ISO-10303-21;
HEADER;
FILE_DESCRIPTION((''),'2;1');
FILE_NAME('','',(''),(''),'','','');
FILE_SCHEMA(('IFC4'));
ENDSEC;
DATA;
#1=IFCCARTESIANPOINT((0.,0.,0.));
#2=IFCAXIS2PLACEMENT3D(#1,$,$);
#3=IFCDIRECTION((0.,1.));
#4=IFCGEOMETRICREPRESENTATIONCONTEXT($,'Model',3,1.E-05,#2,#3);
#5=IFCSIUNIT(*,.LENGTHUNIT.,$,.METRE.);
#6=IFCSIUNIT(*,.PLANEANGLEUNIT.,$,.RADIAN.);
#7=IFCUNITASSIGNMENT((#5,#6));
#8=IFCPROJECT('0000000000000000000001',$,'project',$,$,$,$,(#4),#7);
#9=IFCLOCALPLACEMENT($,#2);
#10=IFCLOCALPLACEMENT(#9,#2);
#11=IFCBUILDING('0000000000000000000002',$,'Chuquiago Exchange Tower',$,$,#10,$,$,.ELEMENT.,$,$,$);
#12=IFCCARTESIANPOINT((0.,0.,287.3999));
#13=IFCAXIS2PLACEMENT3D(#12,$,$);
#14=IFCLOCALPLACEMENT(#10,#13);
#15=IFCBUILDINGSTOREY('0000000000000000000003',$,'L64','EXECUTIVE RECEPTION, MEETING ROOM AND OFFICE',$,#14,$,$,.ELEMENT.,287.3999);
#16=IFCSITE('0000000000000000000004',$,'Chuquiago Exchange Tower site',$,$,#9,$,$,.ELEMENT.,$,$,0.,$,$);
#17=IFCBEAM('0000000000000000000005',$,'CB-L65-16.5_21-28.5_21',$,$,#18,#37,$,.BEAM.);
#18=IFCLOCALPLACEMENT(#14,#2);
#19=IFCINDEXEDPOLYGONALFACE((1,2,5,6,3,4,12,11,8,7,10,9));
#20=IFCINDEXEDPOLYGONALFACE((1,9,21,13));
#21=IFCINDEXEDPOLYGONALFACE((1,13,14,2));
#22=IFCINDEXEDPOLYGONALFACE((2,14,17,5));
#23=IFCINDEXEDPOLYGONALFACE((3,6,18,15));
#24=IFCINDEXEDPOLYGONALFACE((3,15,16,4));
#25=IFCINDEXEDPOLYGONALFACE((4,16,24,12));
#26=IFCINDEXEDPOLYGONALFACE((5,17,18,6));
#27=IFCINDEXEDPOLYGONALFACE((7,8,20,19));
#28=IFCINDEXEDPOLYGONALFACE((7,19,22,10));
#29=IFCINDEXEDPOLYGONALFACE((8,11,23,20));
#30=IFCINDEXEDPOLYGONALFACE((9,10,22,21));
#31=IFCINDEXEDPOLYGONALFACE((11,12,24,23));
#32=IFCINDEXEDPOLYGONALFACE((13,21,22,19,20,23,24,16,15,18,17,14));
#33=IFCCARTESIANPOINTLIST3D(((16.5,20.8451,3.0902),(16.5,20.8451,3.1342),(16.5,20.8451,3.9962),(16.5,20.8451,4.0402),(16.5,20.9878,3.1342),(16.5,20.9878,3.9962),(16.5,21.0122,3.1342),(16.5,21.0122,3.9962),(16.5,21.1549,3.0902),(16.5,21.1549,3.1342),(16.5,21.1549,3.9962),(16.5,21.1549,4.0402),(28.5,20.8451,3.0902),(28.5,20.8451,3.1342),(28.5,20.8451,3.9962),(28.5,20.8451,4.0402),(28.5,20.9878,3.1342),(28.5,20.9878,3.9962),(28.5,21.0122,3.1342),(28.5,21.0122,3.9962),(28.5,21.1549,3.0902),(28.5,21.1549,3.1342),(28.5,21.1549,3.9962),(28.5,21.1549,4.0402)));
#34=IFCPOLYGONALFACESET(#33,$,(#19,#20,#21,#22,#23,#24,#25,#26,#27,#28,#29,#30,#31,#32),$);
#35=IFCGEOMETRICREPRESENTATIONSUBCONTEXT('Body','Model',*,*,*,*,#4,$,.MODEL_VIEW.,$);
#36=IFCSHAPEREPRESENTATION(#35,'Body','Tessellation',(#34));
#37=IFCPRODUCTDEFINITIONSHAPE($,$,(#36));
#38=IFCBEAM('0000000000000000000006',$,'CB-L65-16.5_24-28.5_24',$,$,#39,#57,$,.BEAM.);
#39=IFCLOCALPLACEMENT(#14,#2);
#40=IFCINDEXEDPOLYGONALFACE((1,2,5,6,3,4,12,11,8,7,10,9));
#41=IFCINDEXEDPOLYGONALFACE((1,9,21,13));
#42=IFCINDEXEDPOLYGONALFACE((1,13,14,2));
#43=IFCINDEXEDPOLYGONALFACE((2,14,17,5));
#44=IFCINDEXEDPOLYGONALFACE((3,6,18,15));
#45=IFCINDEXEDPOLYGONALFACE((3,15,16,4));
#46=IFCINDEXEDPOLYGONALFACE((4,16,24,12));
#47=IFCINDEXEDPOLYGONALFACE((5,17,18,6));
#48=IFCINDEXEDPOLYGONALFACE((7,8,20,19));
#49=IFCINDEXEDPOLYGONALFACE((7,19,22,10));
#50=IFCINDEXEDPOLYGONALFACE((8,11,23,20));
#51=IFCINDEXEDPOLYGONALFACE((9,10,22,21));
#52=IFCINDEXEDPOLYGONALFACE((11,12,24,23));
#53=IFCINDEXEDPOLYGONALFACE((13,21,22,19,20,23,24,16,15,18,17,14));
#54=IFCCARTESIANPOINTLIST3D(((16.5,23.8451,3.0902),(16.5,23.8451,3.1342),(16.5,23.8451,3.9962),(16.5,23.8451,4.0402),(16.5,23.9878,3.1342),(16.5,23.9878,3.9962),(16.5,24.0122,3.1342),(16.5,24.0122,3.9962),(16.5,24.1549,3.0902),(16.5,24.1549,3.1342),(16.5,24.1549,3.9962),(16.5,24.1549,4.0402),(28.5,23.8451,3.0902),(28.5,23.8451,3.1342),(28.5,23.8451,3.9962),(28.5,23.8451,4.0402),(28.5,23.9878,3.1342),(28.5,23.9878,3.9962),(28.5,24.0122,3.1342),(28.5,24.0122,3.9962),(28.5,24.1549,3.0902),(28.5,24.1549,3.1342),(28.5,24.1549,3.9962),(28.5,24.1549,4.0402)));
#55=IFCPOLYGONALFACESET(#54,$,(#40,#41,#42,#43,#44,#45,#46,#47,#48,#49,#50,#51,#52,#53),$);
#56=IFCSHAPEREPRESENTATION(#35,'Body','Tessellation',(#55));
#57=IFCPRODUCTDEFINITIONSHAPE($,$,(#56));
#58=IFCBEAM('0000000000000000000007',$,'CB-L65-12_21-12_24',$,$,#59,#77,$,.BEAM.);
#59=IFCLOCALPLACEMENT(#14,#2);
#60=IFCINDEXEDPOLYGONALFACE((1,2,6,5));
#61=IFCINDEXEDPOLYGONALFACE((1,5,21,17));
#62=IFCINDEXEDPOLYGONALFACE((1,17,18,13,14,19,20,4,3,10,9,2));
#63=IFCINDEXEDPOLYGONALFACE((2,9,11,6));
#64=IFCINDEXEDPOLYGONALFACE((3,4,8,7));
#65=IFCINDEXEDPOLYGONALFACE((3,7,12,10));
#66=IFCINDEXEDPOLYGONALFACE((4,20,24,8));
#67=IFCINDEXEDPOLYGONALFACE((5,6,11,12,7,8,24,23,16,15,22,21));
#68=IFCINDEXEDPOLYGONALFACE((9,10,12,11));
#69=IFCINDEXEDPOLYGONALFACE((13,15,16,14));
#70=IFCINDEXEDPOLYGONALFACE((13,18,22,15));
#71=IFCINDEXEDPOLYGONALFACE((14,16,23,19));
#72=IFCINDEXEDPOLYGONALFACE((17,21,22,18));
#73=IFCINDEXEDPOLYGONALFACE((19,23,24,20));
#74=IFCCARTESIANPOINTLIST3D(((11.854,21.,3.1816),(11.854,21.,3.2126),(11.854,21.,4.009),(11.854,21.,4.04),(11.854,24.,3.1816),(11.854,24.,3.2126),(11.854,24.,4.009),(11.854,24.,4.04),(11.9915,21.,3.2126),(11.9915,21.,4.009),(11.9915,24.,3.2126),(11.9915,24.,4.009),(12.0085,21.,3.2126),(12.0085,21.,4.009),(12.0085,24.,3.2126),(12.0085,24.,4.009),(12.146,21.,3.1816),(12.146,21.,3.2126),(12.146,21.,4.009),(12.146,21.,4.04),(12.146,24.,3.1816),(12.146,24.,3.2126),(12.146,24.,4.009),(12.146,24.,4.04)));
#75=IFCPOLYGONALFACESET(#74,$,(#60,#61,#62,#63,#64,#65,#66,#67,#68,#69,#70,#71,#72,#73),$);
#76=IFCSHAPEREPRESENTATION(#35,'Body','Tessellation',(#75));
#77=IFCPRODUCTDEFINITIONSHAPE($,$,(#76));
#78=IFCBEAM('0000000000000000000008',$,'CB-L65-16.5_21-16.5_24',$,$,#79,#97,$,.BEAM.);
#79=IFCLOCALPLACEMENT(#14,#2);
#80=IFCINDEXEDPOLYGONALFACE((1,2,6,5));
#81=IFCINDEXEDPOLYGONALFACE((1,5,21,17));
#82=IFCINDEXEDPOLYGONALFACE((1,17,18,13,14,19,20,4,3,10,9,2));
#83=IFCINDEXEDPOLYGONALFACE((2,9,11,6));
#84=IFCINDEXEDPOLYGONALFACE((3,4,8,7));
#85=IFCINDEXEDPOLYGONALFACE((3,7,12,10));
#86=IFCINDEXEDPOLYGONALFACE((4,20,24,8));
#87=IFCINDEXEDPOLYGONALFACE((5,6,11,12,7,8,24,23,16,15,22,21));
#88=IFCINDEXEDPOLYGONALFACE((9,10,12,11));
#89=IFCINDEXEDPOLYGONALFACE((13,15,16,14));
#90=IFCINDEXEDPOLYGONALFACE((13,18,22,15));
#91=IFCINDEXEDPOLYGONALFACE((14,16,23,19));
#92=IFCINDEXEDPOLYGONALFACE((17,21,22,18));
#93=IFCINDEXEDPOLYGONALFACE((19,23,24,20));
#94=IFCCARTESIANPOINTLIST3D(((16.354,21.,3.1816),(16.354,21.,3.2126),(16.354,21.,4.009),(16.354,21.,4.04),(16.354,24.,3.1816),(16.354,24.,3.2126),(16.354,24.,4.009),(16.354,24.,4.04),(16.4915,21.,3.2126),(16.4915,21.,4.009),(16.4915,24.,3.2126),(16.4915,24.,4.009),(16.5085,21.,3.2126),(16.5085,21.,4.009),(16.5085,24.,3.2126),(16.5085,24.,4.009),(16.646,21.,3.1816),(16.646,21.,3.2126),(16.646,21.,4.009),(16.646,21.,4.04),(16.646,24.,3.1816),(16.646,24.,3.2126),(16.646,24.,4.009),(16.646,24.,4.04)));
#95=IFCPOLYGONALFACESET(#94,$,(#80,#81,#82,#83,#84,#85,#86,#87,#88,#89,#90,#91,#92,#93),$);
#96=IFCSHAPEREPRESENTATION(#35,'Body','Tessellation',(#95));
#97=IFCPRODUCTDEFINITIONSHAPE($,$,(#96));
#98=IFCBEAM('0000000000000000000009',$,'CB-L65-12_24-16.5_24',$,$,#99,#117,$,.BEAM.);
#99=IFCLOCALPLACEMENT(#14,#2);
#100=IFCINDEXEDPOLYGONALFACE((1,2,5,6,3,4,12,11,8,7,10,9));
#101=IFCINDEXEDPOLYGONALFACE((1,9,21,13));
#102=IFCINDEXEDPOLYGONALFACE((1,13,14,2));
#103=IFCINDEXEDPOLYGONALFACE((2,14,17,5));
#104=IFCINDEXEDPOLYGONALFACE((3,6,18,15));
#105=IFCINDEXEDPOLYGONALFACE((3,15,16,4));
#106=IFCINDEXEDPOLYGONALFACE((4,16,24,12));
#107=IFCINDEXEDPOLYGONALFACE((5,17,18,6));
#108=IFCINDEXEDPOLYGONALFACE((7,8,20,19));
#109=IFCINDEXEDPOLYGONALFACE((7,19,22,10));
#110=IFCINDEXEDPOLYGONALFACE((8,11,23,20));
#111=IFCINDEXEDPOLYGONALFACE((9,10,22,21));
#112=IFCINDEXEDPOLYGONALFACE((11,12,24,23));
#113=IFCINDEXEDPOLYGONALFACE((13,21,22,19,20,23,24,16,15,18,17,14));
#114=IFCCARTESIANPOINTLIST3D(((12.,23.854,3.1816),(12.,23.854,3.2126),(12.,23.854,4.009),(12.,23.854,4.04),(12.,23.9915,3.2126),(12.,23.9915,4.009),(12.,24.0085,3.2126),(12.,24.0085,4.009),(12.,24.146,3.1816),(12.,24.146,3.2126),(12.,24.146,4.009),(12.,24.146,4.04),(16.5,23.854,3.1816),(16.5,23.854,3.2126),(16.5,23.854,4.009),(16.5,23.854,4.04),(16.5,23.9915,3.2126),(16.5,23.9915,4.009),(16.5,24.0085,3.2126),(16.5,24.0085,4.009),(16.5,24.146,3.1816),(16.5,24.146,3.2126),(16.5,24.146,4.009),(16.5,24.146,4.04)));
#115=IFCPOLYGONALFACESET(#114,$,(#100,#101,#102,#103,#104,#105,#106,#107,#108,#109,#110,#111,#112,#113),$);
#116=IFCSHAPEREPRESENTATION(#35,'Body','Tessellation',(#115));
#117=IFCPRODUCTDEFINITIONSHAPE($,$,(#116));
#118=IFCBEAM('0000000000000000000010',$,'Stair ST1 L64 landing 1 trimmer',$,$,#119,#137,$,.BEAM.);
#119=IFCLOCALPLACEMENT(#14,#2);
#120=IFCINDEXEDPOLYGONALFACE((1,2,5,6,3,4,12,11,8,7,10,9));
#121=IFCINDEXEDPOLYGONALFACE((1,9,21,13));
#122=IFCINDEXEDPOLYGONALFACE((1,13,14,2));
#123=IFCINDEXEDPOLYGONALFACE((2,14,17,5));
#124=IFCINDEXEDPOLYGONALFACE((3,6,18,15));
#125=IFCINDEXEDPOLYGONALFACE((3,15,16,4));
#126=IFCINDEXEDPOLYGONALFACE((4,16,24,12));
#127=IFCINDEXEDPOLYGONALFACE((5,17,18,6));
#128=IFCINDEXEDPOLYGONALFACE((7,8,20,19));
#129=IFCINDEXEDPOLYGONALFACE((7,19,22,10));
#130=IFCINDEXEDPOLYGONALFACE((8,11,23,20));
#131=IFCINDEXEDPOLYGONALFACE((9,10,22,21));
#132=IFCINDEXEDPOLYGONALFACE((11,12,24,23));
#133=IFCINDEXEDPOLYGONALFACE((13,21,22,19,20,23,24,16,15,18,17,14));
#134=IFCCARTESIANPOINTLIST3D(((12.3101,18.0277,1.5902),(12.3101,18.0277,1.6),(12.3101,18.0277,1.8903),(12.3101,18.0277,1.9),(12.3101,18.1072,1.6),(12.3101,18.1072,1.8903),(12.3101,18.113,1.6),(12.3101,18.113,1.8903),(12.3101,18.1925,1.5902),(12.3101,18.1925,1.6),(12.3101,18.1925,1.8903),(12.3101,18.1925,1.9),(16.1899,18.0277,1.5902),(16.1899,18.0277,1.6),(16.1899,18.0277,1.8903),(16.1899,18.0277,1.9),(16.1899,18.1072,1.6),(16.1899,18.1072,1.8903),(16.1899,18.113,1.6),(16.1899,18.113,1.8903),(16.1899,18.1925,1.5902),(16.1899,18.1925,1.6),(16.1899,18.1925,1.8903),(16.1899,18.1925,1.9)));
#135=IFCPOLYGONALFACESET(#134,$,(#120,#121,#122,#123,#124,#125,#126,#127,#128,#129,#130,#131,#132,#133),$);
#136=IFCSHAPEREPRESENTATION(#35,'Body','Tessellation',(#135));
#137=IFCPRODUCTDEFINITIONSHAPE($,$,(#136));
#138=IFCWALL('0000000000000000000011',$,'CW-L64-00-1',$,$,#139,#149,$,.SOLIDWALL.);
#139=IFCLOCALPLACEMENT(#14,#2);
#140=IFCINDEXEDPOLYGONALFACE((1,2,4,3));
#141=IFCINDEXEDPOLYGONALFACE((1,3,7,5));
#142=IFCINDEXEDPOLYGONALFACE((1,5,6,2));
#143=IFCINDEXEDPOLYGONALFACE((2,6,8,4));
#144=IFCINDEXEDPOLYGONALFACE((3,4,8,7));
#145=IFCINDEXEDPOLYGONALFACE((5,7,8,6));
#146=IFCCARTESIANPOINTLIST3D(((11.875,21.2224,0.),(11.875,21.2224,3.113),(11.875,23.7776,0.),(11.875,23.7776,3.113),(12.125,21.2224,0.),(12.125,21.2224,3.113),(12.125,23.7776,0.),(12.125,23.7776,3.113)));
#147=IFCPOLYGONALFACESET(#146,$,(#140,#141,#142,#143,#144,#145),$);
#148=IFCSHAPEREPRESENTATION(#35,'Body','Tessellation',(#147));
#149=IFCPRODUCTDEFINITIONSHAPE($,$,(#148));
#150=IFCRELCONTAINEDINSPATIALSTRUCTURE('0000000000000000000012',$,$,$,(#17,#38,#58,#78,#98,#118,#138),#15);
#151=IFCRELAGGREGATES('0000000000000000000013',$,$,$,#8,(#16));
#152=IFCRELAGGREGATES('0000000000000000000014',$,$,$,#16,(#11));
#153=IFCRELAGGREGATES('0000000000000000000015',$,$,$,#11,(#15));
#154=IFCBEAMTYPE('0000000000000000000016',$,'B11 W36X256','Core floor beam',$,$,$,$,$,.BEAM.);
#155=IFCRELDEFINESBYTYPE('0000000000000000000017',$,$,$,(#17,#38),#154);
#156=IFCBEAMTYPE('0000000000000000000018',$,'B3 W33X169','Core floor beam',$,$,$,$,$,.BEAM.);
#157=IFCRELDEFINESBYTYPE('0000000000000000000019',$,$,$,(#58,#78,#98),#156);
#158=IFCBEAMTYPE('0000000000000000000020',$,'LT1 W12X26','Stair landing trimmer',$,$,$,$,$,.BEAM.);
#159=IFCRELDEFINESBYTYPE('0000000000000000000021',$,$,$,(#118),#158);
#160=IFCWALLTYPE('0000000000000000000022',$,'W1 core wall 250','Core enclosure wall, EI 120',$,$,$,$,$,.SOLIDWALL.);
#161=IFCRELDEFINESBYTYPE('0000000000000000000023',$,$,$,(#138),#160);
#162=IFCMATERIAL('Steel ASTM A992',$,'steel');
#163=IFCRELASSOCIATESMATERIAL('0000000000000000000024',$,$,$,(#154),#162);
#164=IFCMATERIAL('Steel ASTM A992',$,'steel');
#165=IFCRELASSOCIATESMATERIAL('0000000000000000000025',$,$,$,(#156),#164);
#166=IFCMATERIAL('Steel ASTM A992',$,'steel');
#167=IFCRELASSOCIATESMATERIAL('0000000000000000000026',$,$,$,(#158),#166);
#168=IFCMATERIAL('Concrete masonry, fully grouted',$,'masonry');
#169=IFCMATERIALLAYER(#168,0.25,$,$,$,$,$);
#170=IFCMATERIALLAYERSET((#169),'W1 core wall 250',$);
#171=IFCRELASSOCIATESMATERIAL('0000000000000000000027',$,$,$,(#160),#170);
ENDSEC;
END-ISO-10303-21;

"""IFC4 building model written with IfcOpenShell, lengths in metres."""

from ifc_helpers import new_model, si_unit, direction, frame, frame_2d, origin, origin_2d, place, context, subcontext, project, spatial, rectangle, i_section, extrude, material, layer, layer_set, material_profile, profile_set, type_object, element, save


model = new_model("IFC4")

# Units and contexts
model_context = context("Model", 3, precision=1e-05, world=origin(), true_north=direction((0.0, 1.0)))
body_context = subcontext(model_context, "Body", "Model", "MODEL_VIEW")
ifc_project = project(units=[si_unit("LENGTHUNIT", "METRE"), si_unit("PLANEANGLEUNIT", "RADIAN")], contexts=[model_context])

# Site, building, storey
site_placement = place(None, origin())
site = spatial("IfcSite", under=ifc_project, at=site_placement, Name="Chuquiago Exchange Tower site", CompositionType="ELEMENT", RefElevation=0.0)
building_placement = place(site_placement, origin())
building = spatial("IfcBuilding", under=site, at=building_placement, Name="Chuquiago Exchange Tower", CompositionType="ELEMENT")
storey_placement = place(building_placement, frame((0.0, 0.0, 287.3999)))
storey = spatial("IfcBuildingStorey", under=building, at=storey_placement, Name="L64", Description="EXECUTIVE RECEPTION, MEETING ROOM AND OFFICE", CompositionType="ELEMENT", Elevation=287.3999)

# Beams
ifc_material_1 = material(Name="Steel ASTM A992", Category="steel")
ifc_material_profile_1 = material_profile(ifc_material_1, i_section(OverallWidth=0.3098, OverallDepth=0.95, WebThickness=0.0244, FlangeThickness=0.0439, at=origin_2d()), Name="W36X256")
ifc_profile_set_1 = profile_set([ifc_material_profile_1], Name="Steel ASTM A992")
beam_type_1 = type_object("IfcBeamType", Name="B11 W36X256", Description="Core floor beam", PredefinedType="BEAM", material=ifc_profile_set_1)
for number, where, z_axis, x_axis, name in (
    (1, (16.5, 21.0, 3.5652), (1.0, 0.0, 0.0), (0.0, 1.0, 0.0), "CB-L65-16.5_21-28.5_21"),
    (2, (16.5, 24.0, 3.5652), (1.0, 0.0, 0.0), (0.0, 1.0, 0.0), "CB-L65-16.5_24-28.5_24"),
):
    element("IfcBeam", number, at=place(storey_placement, frame(where, z_axis=z_axis, x_axis=x_axis)), inside=storey, type_object=beam_type_1, Name=name, PredefinedType="BEAM", context=body_context, shape_type="SweptSolid", body=[
        extrude(i_section(OverallWidth=0.3098, OverallDepth=0.95, WebThickness=0.0244, FlangeThickness=0.0439, at=origin_2d()), origin(), (0.0, 0.0, 1.0), 12.0),
    ])
ifc_material_2 = material(Name="Steel ASTM A992", Category="steel")
ifc_material_profile_2 = material_profile(ifc_material_2, i_section(OverallWidth=0.292, OverallDepth=0.8584, WebThickness=0.0171, FlangeThickness=0.031, at=origin_2d()), Name="W33X169")
ifc_profile_set_2 = profile_set([ifc_material_profile_2], Name="Steel ASTM A992")
beam_type_2 = type_object("IfcBeamType", Name="B3 W33X169", Description="Core floor beam", PredefinedType="BEAM", material=ifc_profile_set_2)
for number, where, z_axis, x_axis, name in (
    (3, (12.0, 21.0, 3.6108), (0.0, 1.0, 0.0), (-1.0, 0.0, 0.0), "CB-L65-12_21-12_24"),
    (4, (16.5, 21.0, 3.6108), (0.0, 1.0, 0.0), (-1.0, 0.0, 0.0), "CB-L65-16.5_21-16.5_24"),
):
    element("IfcBeam", number, at=place(storey_placement, frame(where, z_axis=z_axis, x_axis=x_axis)), inside=storey, type_object=beam_type_2, Name=name, PredefinedType="BEAM", context=body_context, shape_type="SweptSolid", body=[
        extrude(i_section(OverallWidth=0.292, OverallDepth=0.8584, WebThickness=0.0171, FlangeThickness=0.031, at=origin_2d()), origin(), (0.0, 0.0, 1.0), 3.0),
    ])
beam_1_placement = place(storey_placement, frame((12.0, 24.0, 3.6108), z_axis=(1.0, 0.0, 0.0), x_axis=(0.0, 1.0, 0.0)))
element("IfcBeam", 5, at=beam_1_placement, inside=storey, type_object=beam_type_2, Name="CB-L65-12_24-16.5_24", PredefinedType="BEAM", context=body_context, shape_type="SweptSolid", body=[
    extrude(i_section(OverallWidth=0.292, OverallDepth=0.8584, WebThickness=0.0171, FlangeThickness=0.031, at=origin_2d()), origin(), (0.0, 0.0, 1.0), 4.5),
])
ifc_material_3 = material(Name="Steel ASTM A992", Category="steel")
ifc_material_profile_3 = material_profile(ifc_material_3, i_section(OverallWidth=0.1648, OverallDepth=0.3098, WebThickness=0.0059, FlangeThickness=0.0098, at=origin_2d()), Name="W12X26")
ifc_profile_set_3 = profile_set([ifc_material_profile_3], Name="Steel ASTM A992")
beam_type_3 = type_object("IfcBeamType", Name="LT1 W12X26", Description="Stair landing trimmer", PredefinedType="BEAM", material=ifc_profile_set_3)
beam_2_placement = place(storey_placement, frame((12.3101, 18.1101, 1.7451), z_axis=(1.0, 0.0, 0.0), x_axis=(0.0, 1.0, 0.0)))
element("IfcBeam", 6, at=beam_2_placement, inside=storey, type_object=beam_type_3, Name="Stair ST1 L64 landing 1 trimmer", PredefinedType="BEAM", context=body_context, shape_type="SweptSolid", body=[
    extrude(i_section(OverallWidth=0.1648, OverallDepth=0.3098, WebThickness=0.0059, FlangeThickness=0.0098, at=origin_2d()), origin(), (0.0, 0.0, 1.0), 3.8799),
])

# Wall
ifc_material_4 = material(Name="Concrete masonry, fully grouted", Category="masonry")
ifc_layer_1 = layer(ifc_material_4, 0.25)
ifc_layer_set_1 = layer_set([ifc_layer_1], Name="W1 core wall 250")
wall_type_1 = type_object("IfcWallType", Name="W1 core wall 250", Description="Core enclosure wall, EI 120", PredefinedType="SOLIDWALL", material=ifc_layer_set_1)
wall_1_placement = place(storey_placement, frame((12.0, 21.2224, 0.0), z_axis=(0.0, 0.0, 1.0), x_axis=(0.0, 1.0, 0.0)))
element("IfcWall", 7, at=wall_1_placement, inside=storey, type_object=wall_type_1, Name="CW-L64-00-1", PredefinedType="SOLIDWALL", context=body_context, shape_type="SweptSolid", body=[
    extrude(rectangle(XDim=2.5552, YDim=0.25, at=frame_2d((1.2776, 0.0))), origin(), (0.0, 0.0, 1.0), 3.113),
])

save(model, "model.ifc")
